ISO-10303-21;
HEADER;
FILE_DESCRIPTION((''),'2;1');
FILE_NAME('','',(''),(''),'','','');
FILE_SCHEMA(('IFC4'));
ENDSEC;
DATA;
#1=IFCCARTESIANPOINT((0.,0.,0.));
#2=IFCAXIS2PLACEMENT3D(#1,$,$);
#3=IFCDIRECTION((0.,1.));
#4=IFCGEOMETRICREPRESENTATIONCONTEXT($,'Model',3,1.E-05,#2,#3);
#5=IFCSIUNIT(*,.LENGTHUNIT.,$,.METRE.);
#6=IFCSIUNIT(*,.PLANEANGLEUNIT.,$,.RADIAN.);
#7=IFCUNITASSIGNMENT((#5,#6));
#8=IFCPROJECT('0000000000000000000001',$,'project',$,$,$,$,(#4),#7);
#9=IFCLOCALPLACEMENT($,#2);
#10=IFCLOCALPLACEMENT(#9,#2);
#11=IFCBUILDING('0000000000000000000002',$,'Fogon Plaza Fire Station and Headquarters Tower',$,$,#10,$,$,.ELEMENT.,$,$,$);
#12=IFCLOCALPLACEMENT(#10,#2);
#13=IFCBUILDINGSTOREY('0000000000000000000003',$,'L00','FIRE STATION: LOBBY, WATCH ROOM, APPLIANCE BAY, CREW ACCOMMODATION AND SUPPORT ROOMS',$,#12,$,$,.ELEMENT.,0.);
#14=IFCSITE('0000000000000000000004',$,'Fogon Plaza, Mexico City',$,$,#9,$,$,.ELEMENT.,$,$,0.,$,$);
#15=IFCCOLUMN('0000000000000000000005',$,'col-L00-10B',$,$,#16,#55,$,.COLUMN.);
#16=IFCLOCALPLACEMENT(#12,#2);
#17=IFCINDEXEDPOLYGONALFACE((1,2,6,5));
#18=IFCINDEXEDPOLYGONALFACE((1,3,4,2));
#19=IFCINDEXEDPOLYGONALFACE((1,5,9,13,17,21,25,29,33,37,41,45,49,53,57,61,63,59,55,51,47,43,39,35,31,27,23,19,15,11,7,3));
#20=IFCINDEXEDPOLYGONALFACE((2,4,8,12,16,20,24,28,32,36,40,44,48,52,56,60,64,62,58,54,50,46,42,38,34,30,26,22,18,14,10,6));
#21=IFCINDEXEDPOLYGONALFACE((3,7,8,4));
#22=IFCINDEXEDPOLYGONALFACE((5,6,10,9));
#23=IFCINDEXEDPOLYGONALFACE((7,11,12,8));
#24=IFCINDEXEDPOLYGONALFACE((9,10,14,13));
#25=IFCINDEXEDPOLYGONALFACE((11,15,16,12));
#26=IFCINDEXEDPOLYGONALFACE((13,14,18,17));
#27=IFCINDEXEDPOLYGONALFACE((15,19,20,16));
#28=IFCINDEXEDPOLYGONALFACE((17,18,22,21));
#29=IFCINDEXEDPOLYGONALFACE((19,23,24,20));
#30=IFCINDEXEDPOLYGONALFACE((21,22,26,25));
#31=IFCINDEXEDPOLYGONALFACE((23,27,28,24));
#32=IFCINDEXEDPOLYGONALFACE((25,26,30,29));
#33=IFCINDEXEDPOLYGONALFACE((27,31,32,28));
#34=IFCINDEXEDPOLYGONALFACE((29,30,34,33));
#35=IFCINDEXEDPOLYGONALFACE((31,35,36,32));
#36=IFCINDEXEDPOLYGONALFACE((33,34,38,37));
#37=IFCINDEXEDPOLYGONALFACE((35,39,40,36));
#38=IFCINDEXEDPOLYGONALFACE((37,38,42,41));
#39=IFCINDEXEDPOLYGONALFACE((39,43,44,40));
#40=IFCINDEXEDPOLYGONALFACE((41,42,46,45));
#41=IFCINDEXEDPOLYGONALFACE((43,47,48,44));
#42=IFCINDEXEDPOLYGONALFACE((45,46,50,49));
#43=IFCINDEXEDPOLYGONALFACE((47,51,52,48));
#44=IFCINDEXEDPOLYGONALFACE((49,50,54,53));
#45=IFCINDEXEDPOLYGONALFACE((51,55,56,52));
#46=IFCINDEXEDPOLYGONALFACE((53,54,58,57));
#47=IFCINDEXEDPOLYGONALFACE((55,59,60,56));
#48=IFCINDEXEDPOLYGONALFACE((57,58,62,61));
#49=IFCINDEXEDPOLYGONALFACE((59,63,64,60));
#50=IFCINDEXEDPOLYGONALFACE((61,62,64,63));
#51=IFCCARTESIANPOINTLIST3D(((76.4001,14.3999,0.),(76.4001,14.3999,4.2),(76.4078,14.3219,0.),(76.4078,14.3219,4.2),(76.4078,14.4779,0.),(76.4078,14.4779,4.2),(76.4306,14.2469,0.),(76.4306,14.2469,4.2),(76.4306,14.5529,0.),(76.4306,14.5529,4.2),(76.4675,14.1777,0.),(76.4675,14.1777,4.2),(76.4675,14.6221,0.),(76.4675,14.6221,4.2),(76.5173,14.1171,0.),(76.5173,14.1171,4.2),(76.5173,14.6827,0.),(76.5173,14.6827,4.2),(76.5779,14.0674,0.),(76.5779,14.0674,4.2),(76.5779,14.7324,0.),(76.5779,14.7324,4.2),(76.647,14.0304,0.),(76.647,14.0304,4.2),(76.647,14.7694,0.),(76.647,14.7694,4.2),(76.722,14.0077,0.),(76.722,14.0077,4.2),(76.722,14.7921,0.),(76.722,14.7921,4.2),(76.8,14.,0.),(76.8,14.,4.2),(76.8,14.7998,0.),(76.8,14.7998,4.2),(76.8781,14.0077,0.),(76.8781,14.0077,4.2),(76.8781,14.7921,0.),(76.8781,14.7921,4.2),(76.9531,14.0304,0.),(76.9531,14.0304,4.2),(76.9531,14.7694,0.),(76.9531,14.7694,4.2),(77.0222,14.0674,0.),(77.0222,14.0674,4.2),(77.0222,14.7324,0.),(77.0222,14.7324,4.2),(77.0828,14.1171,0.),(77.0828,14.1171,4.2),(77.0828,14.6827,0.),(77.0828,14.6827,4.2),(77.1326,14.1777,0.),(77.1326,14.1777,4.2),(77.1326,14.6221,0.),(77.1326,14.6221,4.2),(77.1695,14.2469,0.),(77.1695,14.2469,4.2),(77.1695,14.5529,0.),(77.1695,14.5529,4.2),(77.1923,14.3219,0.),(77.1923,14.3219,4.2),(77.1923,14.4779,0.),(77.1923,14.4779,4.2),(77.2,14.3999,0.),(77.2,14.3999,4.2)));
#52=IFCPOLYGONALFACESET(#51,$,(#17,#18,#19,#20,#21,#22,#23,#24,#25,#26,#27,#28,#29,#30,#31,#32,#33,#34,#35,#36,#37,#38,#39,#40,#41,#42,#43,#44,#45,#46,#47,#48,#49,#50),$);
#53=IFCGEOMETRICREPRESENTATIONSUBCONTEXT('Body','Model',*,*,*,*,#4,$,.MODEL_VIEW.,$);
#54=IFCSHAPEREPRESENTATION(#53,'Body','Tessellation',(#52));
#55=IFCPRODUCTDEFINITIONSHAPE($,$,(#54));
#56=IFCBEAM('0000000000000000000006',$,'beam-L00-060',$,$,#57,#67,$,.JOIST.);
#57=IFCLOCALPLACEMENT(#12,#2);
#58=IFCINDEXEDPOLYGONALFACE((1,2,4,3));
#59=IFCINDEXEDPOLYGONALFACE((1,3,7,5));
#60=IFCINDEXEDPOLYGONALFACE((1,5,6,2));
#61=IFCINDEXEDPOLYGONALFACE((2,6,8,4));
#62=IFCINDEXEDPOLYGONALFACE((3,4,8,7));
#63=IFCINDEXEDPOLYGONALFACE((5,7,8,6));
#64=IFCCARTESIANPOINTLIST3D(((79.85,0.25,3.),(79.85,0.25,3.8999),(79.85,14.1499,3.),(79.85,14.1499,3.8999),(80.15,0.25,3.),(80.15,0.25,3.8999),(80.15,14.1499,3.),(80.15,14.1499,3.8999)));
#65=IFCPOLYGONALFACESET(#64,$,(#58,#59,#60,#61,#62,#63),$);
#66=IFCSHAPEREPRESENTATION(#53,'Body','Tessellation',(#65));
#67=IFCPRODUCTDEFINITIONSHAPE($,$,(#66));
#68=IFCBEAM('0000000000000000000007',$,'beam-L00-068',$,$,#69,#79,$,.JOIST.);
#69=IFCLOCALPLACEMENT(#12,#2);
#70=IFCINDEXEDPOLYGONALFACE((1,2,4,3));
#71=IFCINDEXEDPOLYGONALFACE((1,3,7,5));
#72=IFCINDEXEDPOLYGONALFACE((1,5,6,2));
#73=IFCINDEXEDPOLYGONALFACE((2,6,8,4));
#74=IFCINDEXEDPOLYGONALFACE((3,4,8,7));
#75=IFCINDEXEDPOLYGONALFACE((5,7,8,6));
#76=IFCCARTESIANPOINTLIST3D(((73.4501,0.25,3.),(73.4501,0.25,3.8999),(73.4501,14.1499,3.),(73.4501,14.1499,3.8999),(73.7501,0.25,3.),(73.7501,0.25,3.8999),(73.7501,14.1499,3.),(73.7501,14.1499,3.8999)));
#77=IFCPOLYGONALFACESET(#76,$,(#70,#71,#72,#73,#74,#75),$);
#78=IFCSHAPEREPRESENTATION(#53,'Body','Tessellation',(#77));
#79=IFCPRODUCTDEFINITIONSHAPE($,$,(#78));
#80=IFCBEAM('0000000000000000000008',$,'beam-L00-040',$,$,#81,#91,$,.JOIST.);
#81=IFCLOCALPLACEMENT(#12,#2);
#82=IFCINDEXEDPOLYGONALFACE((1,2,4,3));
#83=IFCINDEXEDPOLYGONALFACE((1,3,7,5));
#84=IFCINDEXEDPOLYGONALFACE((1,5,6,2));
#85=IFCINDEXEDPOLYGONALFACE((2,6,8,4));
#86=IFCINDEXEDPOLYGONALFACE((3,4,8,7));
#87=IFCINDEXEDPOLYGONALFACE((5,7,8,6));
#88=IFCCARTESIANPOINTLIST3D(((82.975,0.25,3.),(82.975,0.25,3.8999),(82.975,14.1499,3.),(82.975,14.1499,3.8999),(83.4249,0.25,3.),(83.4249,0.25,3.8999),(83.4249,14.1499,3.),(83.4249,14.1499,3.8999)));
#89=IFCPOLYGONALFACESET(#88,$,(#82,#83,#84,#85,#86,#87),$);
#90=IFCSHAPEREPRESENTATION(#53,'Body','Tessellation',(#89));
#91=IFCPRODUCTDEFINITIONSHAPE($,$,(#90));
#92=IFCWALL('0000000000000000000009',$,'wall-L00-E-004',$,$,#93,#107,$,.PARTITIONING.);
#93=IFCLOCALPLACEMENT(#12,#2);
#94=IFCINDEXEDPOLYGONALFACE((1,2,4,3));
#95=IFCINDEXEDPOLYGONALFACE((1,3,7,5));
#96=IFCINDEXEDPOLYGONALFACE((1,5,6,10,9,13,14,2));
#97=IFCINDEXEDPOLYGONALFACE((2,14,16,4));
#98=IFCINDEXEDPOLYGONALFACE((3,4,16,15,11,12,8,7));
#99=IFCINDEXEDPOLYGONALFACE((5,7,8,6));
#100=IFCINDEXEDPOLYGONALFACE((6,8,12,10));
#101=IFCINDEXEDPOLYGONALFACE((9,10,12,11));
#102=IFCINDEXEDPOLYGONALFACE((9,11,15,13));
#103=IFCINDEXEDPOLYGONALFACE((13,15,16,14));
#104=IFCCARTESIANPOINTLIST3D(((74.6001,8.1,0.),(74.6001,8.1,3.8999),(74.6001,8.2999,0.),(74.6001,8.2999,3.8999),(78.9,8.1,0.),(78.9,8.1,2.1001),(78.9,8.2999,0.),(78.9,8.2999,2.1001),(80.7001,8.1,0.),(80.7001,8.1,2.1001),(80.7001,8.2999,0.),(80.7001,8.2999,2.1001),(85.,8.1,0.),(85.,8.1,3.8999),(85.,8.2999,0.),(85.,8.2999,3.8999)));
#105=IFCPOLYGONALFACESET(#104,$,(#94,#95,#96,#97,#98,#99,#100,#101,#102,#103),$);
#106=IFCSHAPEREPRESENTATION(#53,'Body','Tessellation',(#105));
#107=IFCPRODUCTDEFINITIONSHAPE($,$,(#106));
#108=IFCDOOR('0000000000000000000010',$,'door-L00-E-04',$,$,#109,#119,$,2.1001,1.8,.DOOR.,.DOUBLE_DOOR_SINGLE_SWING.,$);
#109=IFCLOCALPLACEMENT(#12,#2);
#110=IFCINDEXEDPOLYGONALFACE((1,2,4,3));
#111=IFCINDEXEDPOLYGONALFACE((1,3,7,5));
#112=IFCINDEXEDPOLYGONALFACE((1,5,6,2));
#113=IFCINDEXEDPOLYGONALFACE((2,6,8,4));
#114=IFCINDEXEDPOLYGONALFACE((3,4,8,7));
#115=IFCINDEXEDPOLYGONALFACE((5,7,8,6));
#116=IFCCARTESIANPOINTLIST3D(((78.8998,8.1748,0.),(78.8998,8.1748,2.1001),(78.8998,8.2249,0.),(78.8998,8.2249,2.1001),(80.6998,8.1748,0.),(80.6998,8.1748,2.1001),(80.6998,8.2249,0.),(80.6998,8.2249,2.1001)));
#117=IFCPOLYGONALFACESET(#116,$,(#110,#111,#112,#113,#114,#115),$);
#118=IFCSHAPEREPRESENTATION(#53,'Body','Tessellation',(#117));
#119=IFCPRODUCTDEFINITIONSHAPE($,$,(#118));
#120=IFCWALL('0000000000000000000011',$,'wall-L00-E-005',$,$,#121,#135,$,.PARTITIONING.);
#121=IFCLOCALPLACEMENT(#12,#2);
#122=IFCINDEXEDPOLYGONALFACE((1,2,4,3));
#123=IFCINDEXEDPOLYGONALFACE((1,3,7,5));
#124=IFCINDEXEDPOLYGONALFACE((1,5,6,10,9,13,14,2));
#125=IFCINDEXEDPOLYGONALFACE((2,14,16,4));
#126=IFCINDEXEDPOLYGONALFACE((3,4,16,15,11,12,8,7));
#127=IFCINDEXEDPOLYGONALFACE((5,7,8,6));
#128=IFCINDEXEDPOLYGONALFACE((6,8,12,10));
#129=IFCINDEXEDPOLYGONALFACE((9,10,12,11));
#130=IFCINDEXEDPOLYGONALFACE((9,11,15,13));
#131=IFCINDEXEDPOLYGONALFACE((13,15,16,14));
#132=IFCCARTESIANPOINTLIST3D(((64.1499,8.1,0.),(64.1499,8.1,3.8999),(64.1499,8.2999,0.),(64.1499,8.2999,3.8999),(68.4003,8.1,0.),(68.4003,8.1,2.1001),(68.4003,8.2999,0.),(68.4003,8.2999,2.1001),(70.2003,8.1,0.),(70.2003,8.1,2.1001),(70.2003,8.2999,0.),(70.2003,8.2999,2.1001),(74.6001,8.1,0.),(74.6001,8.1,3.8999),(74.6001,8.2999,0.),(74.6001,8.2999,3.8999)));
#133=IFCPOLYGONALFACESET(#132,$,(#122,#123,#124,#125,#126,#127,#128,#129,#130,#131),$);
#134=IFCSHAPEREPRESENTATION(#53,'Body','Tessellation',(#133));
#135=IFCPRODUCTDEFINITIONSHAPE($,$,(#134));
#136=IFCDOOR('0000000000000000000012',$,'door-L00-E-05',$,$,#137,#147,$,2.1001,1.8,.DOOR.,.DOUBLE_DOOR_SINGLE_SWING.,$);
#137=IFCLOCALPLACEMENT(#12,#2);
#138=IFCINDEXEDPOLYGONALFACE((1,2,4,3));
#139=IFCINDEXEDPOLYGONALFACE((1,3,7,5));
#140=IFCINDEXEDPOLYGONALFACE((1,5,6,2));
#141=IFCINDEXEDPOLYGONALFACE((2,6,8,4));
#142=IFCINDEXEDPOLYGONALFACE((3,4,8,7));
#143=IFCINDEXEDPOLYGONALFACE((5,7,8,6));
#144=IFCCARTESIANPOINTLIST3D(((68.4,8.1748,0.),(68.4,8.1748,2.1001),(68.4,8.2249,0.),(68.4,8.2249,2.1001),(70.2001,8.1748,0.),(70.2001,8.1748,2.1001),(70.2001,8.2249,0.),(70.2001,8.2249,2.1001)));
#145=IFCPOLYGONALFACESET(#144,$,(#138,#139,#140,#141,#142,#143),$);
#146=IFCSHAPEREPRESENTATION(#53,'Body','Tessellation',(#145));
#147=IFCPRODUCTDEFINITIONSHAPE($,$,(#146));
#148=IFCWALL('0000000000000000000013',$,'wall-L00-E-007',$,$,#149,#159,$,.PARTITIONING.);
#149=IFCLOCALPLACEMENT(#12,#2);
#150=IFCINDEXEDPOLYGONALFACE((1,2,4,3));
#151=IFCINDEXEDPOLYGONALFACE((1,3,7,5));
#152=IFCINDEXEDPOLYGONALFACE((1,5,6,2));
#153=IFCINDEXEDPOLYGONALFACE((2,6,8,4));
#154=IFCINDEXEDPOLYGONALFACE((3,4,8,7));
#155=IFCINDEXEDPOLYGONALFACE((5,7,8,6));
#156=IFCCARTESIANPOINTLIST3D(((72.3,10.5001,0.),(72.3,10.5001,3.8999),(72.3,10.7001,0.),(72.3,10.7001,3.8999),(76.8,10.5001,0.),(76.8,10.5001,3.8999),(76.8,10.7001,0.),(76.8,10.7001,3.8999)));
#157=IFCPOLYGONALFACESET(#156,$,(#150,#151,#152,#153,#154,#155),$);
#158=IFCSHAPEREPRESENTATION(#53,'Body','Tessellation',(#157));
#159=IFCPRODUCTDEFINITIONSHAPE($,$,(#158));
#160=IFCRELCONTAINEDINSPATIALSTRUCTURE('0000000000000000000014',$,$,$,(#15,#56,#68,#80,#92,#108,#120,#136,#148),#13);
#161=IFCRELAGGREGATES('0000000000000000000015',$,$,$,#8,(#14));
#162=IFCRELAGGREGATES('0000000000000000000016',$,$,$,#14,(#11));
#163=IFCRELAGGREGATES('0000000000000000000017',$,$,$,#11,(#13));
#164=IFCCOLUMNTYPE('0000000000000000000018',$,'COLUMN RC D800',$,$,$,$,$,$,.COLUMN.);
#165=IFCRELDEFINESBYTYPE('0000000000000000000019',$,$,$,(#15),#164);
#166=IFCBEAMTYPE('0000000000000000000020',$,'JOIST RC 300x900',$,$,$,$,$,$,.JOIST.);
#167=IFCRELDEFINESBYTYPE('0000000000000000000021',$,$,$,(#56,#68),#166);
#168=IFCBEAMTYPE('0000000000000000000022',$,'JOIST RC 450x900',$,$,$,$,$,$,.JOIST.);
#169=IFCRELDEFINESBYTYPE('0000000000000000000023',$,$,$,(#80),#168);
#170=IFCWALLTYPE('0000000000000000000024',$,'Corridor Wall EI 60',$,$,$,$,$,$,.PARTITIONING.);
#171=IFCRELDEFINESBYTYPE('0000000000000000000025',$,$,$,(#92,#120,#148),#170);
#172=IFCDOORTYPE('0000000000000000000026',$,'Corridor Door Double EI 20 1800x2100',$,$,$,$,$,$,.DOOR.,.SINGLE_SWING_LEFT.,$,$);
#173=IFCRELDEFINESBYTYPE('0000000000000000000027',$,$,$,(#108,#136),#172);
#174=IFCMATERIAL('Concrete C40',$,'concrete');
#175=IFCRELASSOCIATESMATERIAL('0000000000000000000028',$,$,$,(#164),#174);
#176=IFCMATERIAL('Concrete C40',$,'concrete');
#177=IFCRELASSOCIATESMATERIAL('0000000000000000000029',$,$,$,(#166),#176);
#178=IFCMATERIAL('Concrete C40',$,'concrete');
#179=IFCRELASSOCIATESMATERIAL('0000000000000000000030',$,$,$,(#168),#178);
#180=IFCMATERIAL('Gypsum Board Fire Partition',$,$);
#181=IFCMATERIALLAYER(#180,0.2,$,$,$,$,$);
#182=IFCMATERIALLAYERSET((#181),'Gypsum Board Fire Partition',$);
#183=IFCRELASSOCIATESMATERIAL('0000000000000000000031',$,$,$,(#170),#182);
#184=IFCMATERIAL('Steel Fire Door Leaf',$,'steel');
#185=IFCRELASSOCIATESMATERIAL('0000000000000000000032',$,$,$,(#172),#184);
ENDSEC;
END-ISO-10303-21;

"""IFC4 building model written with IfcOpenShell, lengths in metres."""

from ifc_helpers import new_model, si_unit, direction, frame, frame_2d, origin, origin_2d, place, context, subcontext, project, spatial, rectangle, circle, extrude, material, layer, layer_set, material_profile, profile_set, type_object, element, fill, save


model = new_model("IFC4")

# Units and contexts
model_context = context("Model", 3, precision=1e-05, world=origin(), true_north=direction((0.0, 1.0)))
body_context = subcontext(model_context, "Body", "Model", "MODEL_VIEW")
ifc_project = project(units=[si_unit("LENGTHUNIT", "METRE"), si_unit("PLANEANGLEUNIT", "RADIAN")], contexts=[model_context])

# Site, building, storey
site_placement = place(None, origin())
site = spatial("IfcSite", under=ifc_project, at=site_placement, Name="Fogon Plaza, Mexico City", CompositionType="ELEMENT", RefElevation=0.0)
building_placement = place(site_placement, origin())
building = spatial("IfcBuilding", under=site, at=building_placement, Name="Fogon Plaza Fire Station and Headquarters Tower", CompositionType="ELEMENT")
storey_placement = place(building_placement, origin())
storey = spatial("IfcBuildingStorey", under=building, at=storey_placement, Name="L00", Description="FIRE STATION: LOBBY, WATCH ROOM, APPLIANCE BAY, CREW ACCOMMODATION AND SUPPORT ROOMS", CompositionType="ELEMENT", Elevation=0.0)

# Column
ifc_material_1 = material(Name="Concrete C40", Category="concrete")
ifc_material_profile_1 = material_profile(ifc_material_1, circle(Radius=0.3999, at=origin_2d()), Name="RC D800")
ifc_profile_set_1 = profile_set([ifc_material_profile_1], Name="Concrete C40")
column_type = type_object("IfcColumnType", Name="COLUMN RC D800", PredefinedType="COLUMN", material=ifc_profile_set_1)
column_placement = place(storey_placement, frame((76.8, 14.3999, 0.0), z_axis=(0.0, 0.0, 1.0), x_axis=(1.0, 0.0, 0.0)))
element("IfcColumn", 1, at=column_placement, inside=storey, type_object=column_type, Name="col-L00-10B", PredefinedType="COLUMN", context=body_context, shape_type="SweptSolid", body=[
    extrude(circle(Radius=0.3999, at=origin_2d()), origin(), (0.0, 0.0, 1.0), 4.2),
])

# Beams
ifc_material_2 = material(Name="Concrete C40", Category="concrete")
ifc_material_profile_2 = material_profile(ifc_material_2, rectangle(XDim=0.3, YDim=0.8999, at=origin_2d()), Name="RC 300x900")
ifc_profile_set_2 = profile_set([ifc_material_profile_2], Name="Concrete C40")
beam_type_1 = type_object("IfcBeamType", Name="JOIST RC 300x900", PredefinedType="JOIST", material=ifc_profile_set_2)
for number, where, z_axis, x_axis, name in (
    (2, (80.0, 0.25, 3.45), (0.0, 1.0, 0.0), (-1.0, 0.0, 0.0), "beam-L00-060"),
    (3, (73.6001, 0.25, 3.45), (0.0, 1.0, 0.0), (-1.0, 0.0, 0.0), "beam-L00-068"),
):
    element("IfcBeam", number, at=place(storey_placement, frame(where, z_axis=z_axis, x_axis=x_axis)), inside=storey, type_object=beam_type_1, Name=name, PredefinedType="JOIST", context=body_context, shape_type="SweptSolid", body=[
        extrude(rectangle(XDim=0.3, YDim=0.8999, at=origin_2d()), origin(), (0.0, 0.0, 1.0), 13.8999),
    ])
ifc_material_3 = material(Name="Concrete C40", Category="concrete")
ifc_material_profile_3 = material_profile(ifc_material_3, rectangle(XDim=0.45, YDim=0.8999, at=origin_2d()), Name="RC 450x900")
ifc_profile_set_3 = profile_set([ifc_material_profile_3], Name="Concrete C40")
beam_type_2 = type_object("IfcBeamType", Name="JOIST RC 450x900", PredefinedType="JOIST", material=ifc_profile_set_3)
beam_placement = place(storey_placement, frame((83.2, 0.25, 3.45), z_axis=(0.0, 1.0, 0.0), x_axis=(-1.0, 0.0, 0.0)))
element("IfcBeam", 4, at=beam_placement, inside=storey, type_object=beam_type_2, Name="beam-L00-040", PredefinedType="JOIST", context=body_context, shape_type="SweptSolid", body=[
    extrude(rectangle(XDim=0.45, YDim=0.8999, at=origin_2d()), origin(), (0.0, 0.0, 1.0), 13.8999),
])

# Walls, openings, doors
ifc_material_4 = material(Name="Gypsum Board Fire Partition")
ifc_layer_1 = layer(ifc_material_4, 0.2)
ifc_layer_set_1 = layer_set([ifc_layer_1], Name="Gypsum Board Fire Partition")
wall_type_1 = type_object("IfcWallType", Name="Corridor Wall EI 60", PredefinedType="PARTITIONING", material=ifc_layer_set_1)
wall_1_placement = place(storey_placement, frame((85.0, 8.2, 0.0), z_axis=(0.0, 0.0, 1.0), x_axis=(-1.0, 0.0, 0.0)))
wall_1 = element("IfcWall", 5, at=wall_1_placement, inside=storey, type_object=wall_type_1, Name="wall-L00-E-004", PredefinedType="PARTITIONING", context=body_context, shape_type="SweptSolid", body=[
    extrude(rectangle(XDim=10.3999, YDim=0.2, at=frame_2d((5.2, 0.0))), origin(), (0.0, 0.0, 1.0), 3.8999),
])
opening_1_placement = place(wall_1_placement, frame((4.3, 0.0, 0.0)))
opening_1 = element("IfcOpeningElement", 6, at=opening_1_placement, cuts=wall_1, PredefinedType="OPENING", context=body_context, shape_type="SweptSolid", body=[
    extrude(rectangle(XDim=1.8, YDim=2.1001, at=frame_2d((0.8999, 1.05))), frame((0.0, 0.1099, 0.0), z_axis=(0.0, -1.0, 0.0), x_axis=(1.0, 0.0, 0.0)), (0.0, 0.0, 1.0), 0.22),
])
ifc_material_5 = material(Name="Steel Fire Door Leaf", Category="steel")
door_type_1 = type_object("IfcDoorType", Name="Corridor Door Double EI 20 1800x2100", OperationType="SINGLE_SWING_LEFT", PredefinedType="DOOR", material=ifc_material_5)
door_1_placement = place(opening_1_placement, frame((1.8, 0.0, 0.0), z_axis=(0.0, 0.0, 1.0), x_axis=(-1.0, 0.0, 0.0)))
door_1 = element("IfcDoor", 7, at=door_1_placement, inside=storey, type_object=door_type_1, Name="door-L00-E-04", OperationType="DOUBLE_DOOR_SINGLE_SWING", OverallHeight=2.1001, OverallWidth=1.8, PredefinedType="DOOR", context=body_context, shape_type="SweptSolid", body=[
    extrude(rectangle(XDim=1.8, YDim=2.1001, at=frame_2d((0.8999, 1.05))), frame((0.0, 0.0249, 0.0), z_axis=(0.0, -1.0, 0.0), x_axis=(1.0, 0.0, 0.0)), (0.0, 0.0, 1.0), 0.05),
])
fill(opening_1, door_1)
wall_2_placement = place(storey_placement, frame((74.6001, 8.2, 0.0), z_axis=(0.0, 0.0, 1.0), x_axis=(-1.0, 0.0, 0.0)))
wall_2 = element("IfcWall", 8, at=wall_2_placement, inside=storey, type_object=wall_type_1, Name="wall-L00-E-005", PredefinedType="PARTITIONING", context=body_context, shape_type="SweptSolid", body=[
    extrude(rectangle(XDim=10.4502, YDim=0.2, at=frame_2d((5.2251, 0.0))), origin(), (0.0, 0.0, 1.0), 3.8999),
])
opening_2_placement = place(wall_2_placement, frame((4.3999, 0.0, 0.0)))
opening_2 = element("IfcOpeningElement", 9, at=opening_2_placement, cuts=wall_2, PredefinedType="OPENING", context=body_context, shape_type="SweptSolid", body=[
    extrude(rectangle(XDim=1.8, YDim=2.1001, at=frame_2d((0.8999, 1.05))), frame((0.0, 0.1099, 0.0), z_axis=(0.0, -1.0, 0.0), x_axis=(1.0, 0.0, 0.0)), (0.0, 0.0, 1.0), 0.22),
])
door_2_placement = place(opening_2_placement, frame((1.8, 0.0, 0.0), z_axis=(0.0, 0.0, 1.0), x_axis=(-1.0, 0.0, 0.0)))
door_2 = element("IfcDoor", 10, at=door_2_placement, inside=storey, type_object=door_type_1, Name="door-L00-E-05", OperationType="DOUBLE_DOOR_SINGLE_SWING", OverallHeight=2.1001, OverallWidth=1.8, PredefinedType="DOOR", context=body_context, shape_type="SweptSolid", body=[
    extrude(rectangle(XDim=1.8, YDim=2.1001, at=frame_2d((0.8999, 1.05))), frame((0.0, 0.0249, 0.0), z_axis=(0.0, -1.0, 0.0), x_axis=(1.0, 0.0, 0.0)), (0.0, 0.0, 1.0), 0.05),
])
fill(opening_2, door_2)

# Wall
wall_3_placement = place(storey_placement, frame((76.8, 10.6001, 0.0), z_axis=(0.0, 0.0, 1.0), x_axis=(-1.0, 0.0, 0.0)))
element("IfcWall", 11, at=wall_3_placement, inside=storey, type_object=wall_type_1, Name="wall-L00-E-007", PredefinedType="PARTITIONING", context=body_context, shape_type="SweptSolid", body=[
    extrude(rectangle(XDim=4.5, YDim=0.2, at=frame_2d((2.25, 0.0))), origin(), (0.0, 0.0, 1.0), 3.8999),
])

save(model, "model.ifc")
